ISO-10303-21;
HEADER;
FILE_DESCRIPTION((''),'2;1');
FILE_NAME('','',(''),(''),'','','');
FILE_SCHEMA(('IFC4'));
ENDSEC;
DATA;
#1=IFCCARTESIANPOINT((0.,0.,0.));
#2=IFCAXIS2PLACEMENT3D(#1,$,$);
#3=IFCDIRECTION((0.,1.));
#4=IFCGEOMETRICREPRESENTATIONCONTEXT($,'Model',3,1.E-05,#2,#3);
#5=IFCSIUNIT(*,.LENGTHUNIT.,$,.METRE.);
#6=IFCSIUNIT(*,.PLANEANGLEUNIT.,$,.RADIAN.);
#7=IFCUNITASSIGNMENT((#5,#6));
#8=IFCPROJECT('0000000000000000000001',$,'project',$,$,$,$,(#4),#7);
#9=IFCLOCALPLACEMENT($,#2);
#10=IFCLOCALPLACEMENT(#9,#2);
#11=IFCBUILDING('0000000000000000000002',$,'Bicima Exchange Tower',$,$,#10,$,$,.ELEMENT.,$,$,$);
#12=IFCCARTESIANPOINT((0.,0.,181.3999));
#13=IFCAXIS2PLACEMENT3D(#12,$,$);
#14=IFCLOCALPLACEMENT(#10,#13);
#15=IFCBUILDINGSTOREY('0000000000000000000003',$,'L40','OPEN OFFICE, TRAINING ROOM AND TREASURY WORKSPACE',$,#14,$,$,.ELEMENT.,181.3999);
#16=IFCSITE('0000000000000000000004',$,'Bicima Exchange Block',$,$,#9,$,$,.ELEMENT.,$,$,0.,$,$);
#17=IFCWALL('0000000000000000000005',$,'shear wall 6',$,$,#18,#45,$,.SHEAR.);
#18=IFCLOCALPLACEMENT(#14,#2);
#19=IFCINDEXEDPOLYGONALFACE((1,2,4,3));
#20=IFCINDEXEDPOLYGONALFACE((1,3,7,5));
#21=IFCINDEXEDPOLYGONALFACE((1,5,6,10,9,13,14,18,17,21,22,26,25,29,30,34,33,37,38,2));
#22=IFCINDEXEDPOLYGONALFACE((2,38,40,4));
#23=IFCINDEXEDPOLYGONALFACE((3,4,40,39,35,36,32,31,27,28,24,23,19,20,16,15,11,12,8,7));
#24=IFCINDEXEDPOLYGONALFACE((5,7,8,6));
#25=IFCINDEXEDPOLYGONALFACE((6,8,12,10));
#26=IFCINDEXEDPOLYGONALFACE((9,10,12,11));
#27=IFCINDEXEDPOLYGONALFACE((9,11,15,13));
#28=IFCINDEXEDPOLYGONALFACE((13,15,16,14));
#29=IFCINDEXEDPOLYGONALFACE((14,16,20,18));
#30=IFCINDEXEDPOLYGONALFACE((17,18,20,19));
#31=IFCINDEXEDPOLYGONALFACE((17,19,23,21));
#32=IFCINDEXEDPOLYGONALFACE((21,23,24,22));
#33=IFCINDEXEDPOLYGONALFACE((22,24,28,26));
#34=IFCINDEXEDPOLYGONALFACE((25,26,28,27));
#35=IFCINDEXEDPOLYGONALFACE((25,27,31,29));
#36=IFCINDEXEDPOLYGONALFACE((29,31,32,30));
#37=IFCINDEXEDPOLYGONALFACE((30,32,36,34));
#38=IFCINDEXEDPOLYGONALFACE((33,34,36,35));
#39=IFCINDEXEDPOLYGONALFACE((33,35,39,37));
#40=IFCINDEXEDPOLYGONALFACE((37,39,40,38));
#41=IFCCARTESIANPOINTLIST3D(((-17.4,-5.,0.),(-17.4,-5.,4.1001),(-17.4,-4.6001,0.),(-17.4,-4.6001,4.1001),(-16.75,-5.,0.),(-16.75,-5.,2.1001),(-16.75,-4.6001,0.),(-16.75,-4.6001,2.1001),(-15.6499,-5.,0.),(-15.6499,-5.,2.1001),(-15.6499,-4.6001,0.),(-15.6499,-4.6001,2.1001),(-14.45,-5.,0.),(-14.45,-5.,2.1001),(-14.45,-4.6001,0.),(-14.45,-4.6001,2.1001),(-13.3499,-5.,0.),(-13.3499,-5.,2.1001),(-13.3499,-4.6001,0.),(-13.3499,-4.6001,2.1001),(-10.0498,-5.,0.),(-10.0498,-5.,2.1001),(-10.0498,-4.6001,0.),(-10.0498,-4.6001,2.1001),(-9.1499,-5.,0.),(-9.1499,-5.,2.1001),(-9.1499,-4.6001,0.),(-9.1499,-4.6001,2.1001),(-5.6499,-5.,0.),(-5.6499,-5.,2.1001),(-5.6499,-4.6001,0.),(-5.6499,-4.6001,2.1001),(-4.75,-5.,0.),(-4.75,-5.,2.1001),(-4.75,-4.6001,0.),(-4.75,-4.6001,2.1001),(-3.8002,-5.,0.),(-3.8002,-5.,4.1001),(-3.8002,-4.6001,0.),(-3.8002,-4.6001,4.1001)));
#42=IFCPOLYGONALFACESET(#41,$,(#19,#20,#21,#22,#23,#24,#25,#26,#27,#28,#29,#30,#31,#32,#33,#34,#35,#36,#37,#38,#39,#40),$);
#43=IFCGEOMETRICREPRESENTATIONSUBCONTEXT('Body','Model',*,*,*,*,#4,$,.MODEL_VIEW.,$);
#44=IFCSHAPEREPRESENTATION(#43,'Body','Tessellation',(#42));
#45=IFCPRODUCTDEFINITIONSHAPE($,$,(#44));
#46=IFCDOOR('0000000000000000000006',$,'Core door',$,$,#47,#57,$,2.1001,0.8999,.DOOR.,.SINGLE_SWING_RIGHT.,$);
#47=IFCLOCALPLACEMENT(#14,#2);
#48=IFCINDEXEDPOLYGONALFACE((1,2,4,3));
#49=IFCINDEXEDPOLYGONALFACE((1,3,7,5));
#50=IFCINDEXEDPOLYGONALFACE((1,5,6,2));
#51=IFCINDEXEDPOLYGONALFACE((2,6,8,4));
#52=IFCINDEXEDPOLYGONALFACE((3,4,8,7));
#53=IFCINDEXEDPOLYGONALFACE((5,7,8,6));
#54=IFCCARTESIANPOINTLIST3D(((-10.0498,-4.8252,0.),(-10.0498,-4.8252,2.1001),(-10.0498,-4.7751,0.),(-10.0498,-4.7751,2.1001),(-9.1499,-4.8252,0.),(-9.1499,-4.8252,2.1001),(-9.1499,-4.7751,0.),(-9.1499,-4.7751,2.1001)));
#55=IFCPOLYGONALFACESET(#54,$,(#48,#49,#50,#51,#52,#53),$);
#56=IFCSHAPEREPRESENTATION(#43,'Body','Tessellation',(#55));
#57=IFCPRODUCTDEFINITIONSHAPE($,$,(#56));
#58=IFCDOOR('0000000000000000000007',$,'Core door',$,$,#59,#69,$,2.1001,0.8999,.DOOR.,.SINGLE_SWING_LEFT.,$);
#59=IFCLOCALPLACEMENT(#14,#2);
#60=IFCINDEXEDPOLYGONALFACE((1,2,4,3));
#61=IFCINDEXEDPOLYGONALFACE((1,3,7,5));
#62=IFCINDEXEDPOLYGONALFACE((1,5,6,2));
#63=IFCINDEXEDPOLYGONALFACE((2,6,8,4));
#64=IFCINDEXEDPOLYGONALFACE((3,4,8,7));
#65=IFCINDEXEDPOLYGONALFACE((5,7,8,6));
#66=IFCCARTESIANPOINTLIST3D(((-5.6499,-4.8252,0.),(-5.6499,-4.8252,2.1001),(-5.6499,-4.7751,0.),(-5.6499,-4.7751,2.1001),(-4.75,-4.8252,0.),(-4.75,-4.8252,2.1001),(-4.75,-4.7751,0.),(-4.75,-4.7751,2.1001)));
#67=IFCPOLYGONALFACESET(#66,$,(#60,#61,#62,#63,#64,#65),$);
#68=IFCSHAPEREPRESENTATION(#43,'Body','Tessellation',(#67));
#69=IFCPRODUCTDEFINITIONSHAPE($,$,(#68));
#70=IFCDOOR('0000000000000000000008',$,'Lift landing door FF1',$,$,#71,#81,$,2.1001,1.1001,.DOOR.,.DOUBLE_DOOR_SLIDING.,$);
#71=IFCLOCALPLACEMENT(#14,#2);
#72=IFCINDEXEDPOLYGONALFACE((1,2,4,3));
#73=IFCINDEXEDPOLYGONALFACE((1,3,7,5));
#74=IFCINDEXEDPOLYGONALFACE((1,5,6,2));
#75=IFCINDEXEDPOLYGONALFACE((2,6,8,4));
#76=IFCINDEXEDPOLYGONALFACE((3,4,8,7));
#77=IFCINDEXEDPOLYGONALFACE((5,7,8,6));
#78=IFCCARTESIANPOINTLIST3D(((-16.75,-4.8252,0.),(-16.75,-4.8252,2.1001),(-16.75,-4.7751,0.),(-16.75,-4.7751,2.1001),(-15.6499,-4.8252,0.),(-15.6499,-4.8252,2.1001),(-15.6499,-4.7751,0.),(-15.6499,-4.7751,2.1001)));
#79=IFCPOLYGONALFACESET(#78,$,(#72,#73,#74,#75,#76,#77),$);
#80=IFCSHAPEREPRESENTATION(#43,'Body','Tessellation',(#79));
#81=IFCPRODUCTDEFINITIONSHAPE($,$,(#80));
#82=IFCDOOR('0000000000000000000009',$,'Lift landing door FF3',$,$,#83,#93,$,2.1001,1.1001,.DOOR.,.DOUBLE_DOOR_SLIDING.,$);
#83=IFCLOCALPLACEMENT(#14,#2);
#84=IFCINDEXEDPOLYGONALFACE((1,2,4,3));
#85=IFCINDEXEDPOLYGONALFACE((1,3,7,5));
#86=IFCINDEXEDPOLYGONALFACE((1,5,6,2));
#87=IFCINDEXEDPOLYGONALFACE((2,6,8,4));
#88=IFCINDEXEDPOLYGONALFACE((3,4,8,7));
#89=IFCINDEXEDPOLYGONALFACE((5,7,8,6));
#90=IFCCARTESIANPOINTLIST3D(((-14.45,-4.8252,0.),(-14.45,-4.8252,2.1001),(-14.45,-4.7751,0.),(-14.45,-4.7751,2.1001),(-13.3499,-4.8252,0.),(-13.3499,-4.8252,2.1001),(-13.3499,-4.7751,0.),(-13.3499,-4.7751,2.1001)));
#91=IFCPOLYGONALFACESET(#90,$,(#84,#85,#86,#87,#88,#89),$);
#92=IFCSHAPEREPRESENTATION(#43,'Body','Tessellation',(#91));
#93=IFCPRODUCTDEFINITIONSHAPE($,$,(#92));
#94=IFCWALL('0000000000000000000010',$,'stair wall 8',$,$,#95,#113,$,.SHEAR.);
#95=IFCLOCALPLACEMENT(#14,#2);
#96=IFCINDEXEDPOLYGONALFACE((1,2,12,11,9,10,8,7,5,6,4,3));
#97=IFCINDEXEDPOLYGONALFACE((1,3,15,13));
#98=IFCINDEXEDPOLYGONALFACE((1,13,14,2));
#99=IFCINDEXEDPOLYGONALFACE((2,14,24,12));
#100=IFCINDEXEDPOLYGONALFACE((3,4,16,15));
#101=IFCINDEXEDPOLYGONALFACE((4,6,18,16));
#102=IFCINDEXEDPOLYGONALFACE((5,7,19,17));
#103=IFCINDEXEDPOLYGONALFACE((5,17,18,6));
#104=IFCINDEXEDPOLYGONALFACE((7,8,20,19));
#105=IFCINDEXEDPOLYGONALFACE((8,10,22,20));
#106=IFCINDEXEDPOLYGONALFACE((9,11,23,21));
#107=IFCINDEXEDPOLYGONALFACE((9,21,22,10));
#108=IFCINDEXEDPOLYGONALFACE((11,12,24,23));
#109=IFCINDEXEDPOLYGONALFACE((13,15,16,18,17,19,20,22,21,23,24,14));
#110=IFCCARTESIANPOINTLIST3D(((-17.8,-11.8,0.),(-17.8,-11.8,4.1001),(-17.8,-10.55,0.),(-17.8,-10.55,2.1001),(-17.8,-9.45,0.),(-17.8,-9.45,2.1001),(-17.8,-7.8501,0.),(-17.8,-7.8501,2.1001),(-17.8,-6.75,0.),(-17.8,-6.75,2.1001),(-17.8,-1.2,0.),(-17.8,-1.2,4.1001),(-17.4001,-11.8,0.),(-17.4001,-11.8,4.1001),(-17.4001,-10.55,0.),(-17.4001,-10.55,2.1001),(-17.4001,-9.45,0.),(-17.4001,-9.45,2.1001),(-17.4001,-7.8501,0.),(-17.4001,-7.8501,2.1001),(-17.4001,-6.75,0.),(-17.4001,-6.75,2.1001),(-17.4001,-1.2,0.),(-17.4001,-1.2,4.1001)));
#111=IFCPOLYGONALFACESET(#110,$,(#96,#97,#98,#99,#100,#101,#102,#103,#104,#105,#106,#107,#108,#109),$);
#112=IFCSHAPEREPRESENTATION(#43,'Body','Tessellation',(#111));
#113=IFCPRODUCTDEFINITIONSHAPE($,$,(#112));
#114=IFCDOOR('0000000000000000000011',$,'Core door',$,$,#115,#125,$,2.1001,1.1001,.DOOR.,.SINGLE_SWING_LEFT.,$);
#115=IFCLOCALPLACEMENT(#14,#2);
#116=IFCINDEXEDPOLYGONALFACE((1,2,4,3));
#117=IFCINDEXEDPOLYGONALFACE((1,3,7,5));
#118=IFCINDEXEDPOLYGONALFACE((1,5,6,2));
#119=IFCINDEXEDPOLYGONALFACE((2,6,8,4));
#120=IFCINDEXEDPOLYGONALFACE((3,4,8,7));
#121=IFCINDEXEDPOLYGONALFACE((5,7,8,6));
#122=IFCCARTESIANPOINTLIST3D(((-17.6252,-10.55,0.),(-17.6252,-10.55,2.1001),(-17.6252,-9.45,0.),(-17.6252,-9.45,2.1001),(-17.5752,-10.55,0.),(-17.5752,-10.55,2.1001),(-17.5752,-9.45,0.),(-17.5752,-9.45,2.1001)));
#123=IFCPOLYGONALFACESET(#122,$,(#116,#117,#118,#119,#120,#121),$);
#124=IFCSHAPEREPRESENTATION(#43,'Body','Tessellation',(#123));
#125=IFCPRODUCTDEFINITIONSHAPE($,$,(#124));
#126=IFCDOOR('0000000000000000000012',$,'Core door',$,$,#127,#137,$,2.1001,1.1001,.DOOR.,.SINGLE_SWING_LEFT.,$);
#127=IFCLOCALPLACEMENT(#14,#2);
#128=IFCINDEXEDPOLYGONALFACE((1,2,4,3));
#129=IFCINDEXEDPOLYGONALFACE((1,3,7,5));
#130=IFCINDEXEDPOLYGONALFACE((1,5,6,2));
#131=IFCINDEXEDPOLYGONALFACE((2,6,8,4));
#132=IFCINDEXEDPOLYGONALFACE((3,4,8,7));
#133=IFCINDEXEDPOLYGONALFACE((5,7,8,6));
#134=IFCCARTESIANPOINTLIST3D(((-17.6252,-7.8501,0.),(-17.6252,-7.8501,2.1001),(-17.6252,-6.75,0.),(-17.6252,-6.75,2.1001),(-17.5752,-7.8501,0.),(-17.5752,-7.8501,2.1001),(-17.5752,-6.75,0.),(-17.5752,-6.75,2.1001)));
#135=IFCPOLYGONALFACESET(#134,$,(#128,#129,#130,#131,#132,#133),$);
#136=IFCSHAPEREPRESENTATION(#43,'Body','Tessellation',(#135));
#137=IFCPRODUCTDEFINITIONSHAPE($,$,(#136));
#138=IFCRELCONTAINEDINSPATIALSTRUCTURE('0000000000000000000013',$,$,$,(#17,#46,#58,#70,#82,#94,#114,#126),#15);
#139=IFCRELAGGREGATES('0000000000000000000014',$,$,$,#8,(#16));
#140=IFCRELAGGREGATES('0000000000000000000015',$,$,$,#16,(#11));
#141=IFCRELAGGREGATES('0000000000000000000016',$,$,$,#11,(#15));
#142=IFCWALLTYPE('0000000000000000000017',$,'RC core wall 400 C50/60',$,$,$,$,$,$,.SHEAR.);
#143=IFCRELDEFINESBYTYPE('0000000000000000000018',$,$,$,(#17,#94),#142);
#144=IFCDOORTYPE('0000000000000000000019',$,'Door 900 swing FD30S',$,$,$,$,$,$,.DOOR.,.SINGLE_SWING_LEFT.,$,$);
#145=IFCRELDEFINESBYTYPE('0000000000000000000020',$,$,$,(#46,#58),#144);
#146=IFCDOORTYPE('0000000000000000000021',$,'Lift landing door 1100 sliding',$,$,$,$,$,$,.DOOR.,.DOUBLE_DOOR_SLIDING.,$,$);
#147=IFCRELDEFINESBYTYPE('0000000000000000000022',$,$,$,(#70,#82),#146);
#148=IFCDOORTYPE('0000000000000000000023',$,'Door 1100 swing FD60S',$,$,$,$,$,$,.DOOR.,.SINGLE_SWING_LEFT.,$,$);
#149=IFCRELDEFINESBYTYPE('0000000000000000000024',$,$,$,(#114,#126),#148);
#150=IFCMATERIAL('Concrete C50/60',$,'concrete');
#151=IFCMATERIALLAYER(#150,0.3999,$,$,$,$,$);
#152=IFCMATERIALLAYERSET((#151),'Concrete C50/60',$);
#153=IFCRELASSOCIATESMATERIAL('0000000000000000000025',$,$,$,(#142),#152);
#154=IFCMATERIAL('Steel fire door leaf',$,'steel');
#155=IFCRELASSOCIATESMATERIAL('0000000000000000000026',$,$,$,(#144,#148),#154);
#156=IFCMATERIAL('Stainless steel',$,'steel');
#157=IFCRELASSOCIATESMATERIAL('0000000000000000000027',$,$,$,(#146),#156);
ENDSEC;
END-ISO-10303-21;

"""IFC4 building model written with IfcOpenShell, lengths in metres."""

from ifc_helpers import new_model, si_unit, direction, frame, frame_2d, origin, place, context, subcontext, project, spatial, rectangle, extrude, material, layer, layer_set, type_object, element, fill, save


model = new_model("IFC4")

# Units and contexts
model_context = context("Model", 3, precision=1e-05, world=origin(), true_north=direction((0.0, 1.0)))
body_context = subcontext(model_context, "Body", "Model", "MODEL_VIEW")
ifc_project = project(units=[si_unit("LENGTHUNIT", "METRE"), si_unit("PLANEANGLEUNIT", "RADIAN")], contexts=[model_context])

# Site, building, storey
site_placement = place(None, origin())
site = spatial("IfcSite", under=ifc_project, at=site_placement, Name="Bicima Exchange Block", CompositionType="ELEMENT", RefElevation=0.0)
building_placement = place(site_placement, origin())
building = spatial("IfcBuilding", under=site, at=building_placement, Name="Bicima Exchange Tower", CompositionType="ELEMENT")
storey_placement = place(building_placement, frame((0.0, 0.0, 181.3999)))
storey = spatial("IfcBuildingStorey", under=building, at=storey_placement, Name="L40", Description="OPEN OFFICE, TRAINING ROOM AND TREASURY WORKSPACE", CompositionType="ELEMENT", Elevation=181.3999)

# Walls, openings, doors
ifc_material_1 = material(Name="Concrete C50/60", Category="concrete")
ifc_layer_1 = layer(ifc_material_1, 0.3999)
ifc_layer_set_1 = layer_set([ifc_layer_1], Name="Concrete C50/60")
wall_type_1 = type_object("IfcWallType", Name="RC core wall 400 C50/60", PredefinedType="SHEAR", material=ifc_layer_set_1)
ifc_material_2 = material(Name="Steel fire door leaf", Category="steel")
door_type_1 = type_object("IfcDoorType", Name="Door 900 swing FD30S", OperationType="SINGLE_SWING_LEFT", PredefinedType="DOOR", material=ifc_material_2)
ifc_material_3 = material(Name="Stainless steel", Category="steel")
wall_1_placement = place(storey_placement, frame((-17.3999, -4.8, 0.0), z_axis=(0.0, 0.0, 1.0), x_axis=(1.0, 0.0, 0.0)))
wall_1 = element("IfcWall", 1, at=wall_1_placement, inside=storey, type_object=wall_type_1, Name="shear wall 6", PredefinedType="SHEAR", context=body_context, shape_type="SweptSolid", body=[
    extrude(rectangle(XDim=13.5999, YDim=0.3999, at=frame_2d((6.7998, 0.0))), origin(), (0.0, 0.0, 1.0), 4.1001),
])
opening_1_placement = place(wall_1_placement, frame((0.6499, 0.0, 0.0)))
opening_1 = element("IfcOpeningElement", 2, at=opening_1_placement, cuts=wall_1, PredefinedType="OPENING", context=body_context, shape_type="SweptSolid", body=[
    extrude(rectangle(XDim=1.1001, YDim=2.1001, at=frame_2d((0.55, 1.05))), frame((0.0, 0.2119, 0.0), z_axis=(0.0, -1.0, 0.0), x_axis=(1.0, 0.0, 0.0)), (0.0, 0.0, 1.0), 0.4238),
])
opening_2_placement = place(wall_1_placement, frame((2.95, 0.0, 0.0)))
opening_2 = element("IfcOpeningElement", 3, at=opening_2_placement, cuts=wall_1, PredefinedType="OPENING", context=body_context, shape_type="SweptSolid", body=[
    extrude(rectangle(XDim=1.1001, YDim=2.1001, at=frame_2d((0.55, 1.05))), frame((0.0, 0.2119, 0.0), z_axis=(0.0, -1.0, 0.0), x_axis=(1.0, 0.0, 0.0)), (0.0, 0.0, 1.0), 0.4238),
])
opening_3_placement = place(wall_1_placement, frame((7.3501, 0.0, 0.0)))
opening_3 = element("IfcOpeningElement", 4, at=opening_3_placement, cuts=wall_1, PredefinedType="OPENING", context=body_context, shape_type="SweptSolid", body=[
    extrude(rectangle(XDim=0.8999, YDim=2.1001, at=frame_2d((0.45, 1.05))), frame((0.0, 0.2119, 0.0), z_axis=(0.0, -1.0, 0.0), x_axis=(1.0, 0.0, 0.0)), (0.0, 0.0, 1.0), 0.4238),
])
opening_4_placement = place(wall_1_placement, frame((11.75, 0.0, 0.0)))
opening_4 = element("IfcOpeningElement", 5, at=opening_4_placement, cuts=wall_1, PredefinedType="OPENING", context=body_context, shape_type="SweptSolid", body=[
    extrude(rectangle(XDim=0.8999, YDim=2.1001, at=frame_2d((0.45, 1.05))), frame((0.0, 0.2119, 0.0), z_axis=(0.0, -1.0, 0.0), x_axis=(1.0, 0.0, 0.0)), (0.0, 0.0, 1.0), 0.4238),
])
door_1_placement = place(opening_3_placement, origin())
door_1 = element("IfcDoor", 6, at=door_1_placement, inside=storey, type_object=door_type_1, Name="Core door", OperationType="SINGLE_SWING_RIGHT", OverallHeight=2.1001, OverallWidth=0.8999, PredefinedType="DOOR", context=body_context, shape_type="SweptSolid", body=[
    extrude(rectangle(XDim=0.8999, YDim=2.1001, at=frame_2d((0.45, 1.05))), frame((0.0, 0.0249, 0.0), z_axis=(0.0, -1.0, 0.0), x_axis=(1.0, 0.0, 0.0)), (0.0, 0.0, 1.0), 0.05),
])
fill(opening_3, door_1)
door_2_placement = place(opening_4_placement, origin())
door_2 = element("IfcDoor", 7, at=door_2_placement, inside=storey, type_object=door_type_1, Name="Core door", OperationType="SINGLE_SWING_LEFT", OverallHeight=2.1001, OverallWidth=0.8999, PredefinedType="DOOR", context=body_context, shape_type="SweptSolid", body=[
    extrude(rectangle(XDim=0.8999, YDim=2.1001, at=frame_2d((0.45, 1.05))), frame((0.0, 0.0249, 0.0), z_axis=(0.0, -1.0, 0.0), x_axis=(1.0, 0.0, 0.0)), (0.0, 0.0, 1.0), 0.05),
])
fill(opening_4, door_2)
door_type_2 = type_object("IfcDoorType", Name="Lift landing door 1100 sliding", OperationType="DOUBLE_DOOR_SLIDING", PredefinedType="DOOR", material=ifc_material_3)
door_3_placement = place(opening_1_placement, origin())
door_3 = element("IfcDoor", 8, at=door_3_placement, inside=storey, type_object=door_type_2, Name="Lift landing door FF1", OperationType="DOUBLE_DOOR_SLIDING", OverallHeight=2.1001, OverallWidth=1.1001, PredefinedType="DOOR", context=body_context, shape_type="SweptSolid", body=[
    extrude(rectangle(XDim=1.1001, YDim=2.1001, at=frame_2d((0.55, 1.05))), frame((0.0, 0.0249, 0.0), z_axis=(0.0, -1.0, 0.0), x_axis=(1.0, 0.0, 0.0)), (0.0, 0.0, 1.0), 0.05),
])
fill(opening_1, door_3)
door_4_placement = place(opening_2_placement, origin())
door_4 = element("IfcDoor", 9, at=door_4_placement, inside=storey, type_object=door_type_2, Name="Lift landing door FF3", OperationType="DOUBLE_DOOR_SLIDING", OverallHeight=2.1001, OverallWidth=1.1001, PredefinedType="DOOR", context=body_context, shape_type="SweptSolid", body=[
    extrude(rectangle(XDim=1.1001, YDim=2.1001, at=frame_2d((0.55, 1.05))), frame((0.0, 0.0249, 0.0), z_axis=(0.0, -1.0, 0.0), x_axis=(1.0, 0.0, 0.0)), (0.0, 0.0, 1.0), 0.05),
])
fill(opening_2, door_4)
wall_2_placement = place(storey_placement, frame((-17.6001, -11.8, 0.0), z_axis=(0.0, 0.0, 1.0), x_axis=(0.0, 1.0, 0.0)))
wall_2 = element("IfcWall", 10, at=wall_2_placement, inside=storey, type_object=wall_type_1, Name="stair wall 8", PredefinedType="SHEAR", context=body_context, shape_type="SweptSolid", body=[
    extrude(rectangle(XDim=10.6001, YDim=0.3999, at=frame_2d((5.3, 0.0))), origin(), (0.0, 0.0, 1.0), 4.1001),
])
opening_5_placement = place(wall_2_placement, frame((1.25, 0.0, 0.0)))
opening_5 = element("IfcOpeningElement", 11, at=opening_5_placement, cuts=wall_2, PredefinedType="OPENING", context=body_context, shape_type="SweptSolid", body=[
    extrude(rectangle(XDim=1.1001, YDim=2.1001, at=frame_2d((0.55, 1.05))), frame((0.0, 0.2119, 0.0), z_axis=(0.0, -1.0, 0.0), x_axis=(1.0, 0.0, 0.0)), (0.0, 0.0, 1.0), 0.4238),
])
opening_6_placement = place(wall_2_placement, frame((3.95, 0.0, 0.0)))
opening_6 = element("IfcOpeningElement", 12, at=opening_6_placement, cuts=wall_2, PredefinedType="OPENING", context=body_context, shape_type="SweptSolid", body=[
    extrude(rectangle(XDim=1.1001, YDim=2.1001, at=frame_2d((0.55, 1.05))), frame((0.0, 0.2119, 0.0), z_axis=(0.0, -1.0, 0.0), x_axis=(1.0, 0.0, 0.0)), (0.0, 0.0, 1.0), 0.4238),
])
door_type_3 = type_object("IfcDoorType", Name="Door 1100 swing FD60S", OperationType="SINGLE_SWING_LEFT", PredefinedType="DOOR", material=ifc_material_2)
door_5_placement = place(opening_5_placement, frame((1.1001, 0.0, 0.0), z_axis=(0.0, 0.0, 1.0), x_axis=(-1.0, 0.0, 0.0)))
door_5 = element("IfcDoor", 13, at=door_5_placement, inside=storey, type_object=door_type_3, Name="Core door", OperationType="SINGLE_SWING_LEFT", OverallHeight=2.1001, OverallWidth=1.1001, PredefinedType="DOOR", context=body_context, shape_type="SweptSolid", body=[
    extrude(rectangle(XDim=1.1001, YDim=2.1001, at=frame_2d((0.55, 1.05))), frame((0.0, 0.0249, 0.0), z_axis=(0.0, -1.0, 0.0), x_axis=(1.0, 0.0, 0.0)), (0.0, 0.0, 1.0), 0.05),
])
fill(opening_5, door_5)
door_6_placement = place(opening_6_placement, frame((1.1001, 0.0, 0.0), z_axis=(0.0, 0.0, 1.0), x_axis=(-1.0, 0.0, 0.0)))
door_6 = element("IfcDoor", 14, at=door_6_placement, inside=storey, type_object=door_type_3, Name="Core door", OperationType="SINGLE_SWING_LEFT", OverallHeight=2.1001, OverallWidth=1.1001, PredefinedType="DOOR", context=body_context, shape_type="SweptSolid", body=[
    extrude(rectangle(XDim=1.1001, YDim=2.1001, at=frame_2d((0.55, 1.05))), frame((0.0, 0.0249, 0.0), z_axis=(0.0, -1.0, 0.0), x_axis=(1.0, 0.0, 0.0)), (0.0, 0.0, 1.0), 0.05),
])
fill(opening_6, door_6)

save(model, "model.ifc")
